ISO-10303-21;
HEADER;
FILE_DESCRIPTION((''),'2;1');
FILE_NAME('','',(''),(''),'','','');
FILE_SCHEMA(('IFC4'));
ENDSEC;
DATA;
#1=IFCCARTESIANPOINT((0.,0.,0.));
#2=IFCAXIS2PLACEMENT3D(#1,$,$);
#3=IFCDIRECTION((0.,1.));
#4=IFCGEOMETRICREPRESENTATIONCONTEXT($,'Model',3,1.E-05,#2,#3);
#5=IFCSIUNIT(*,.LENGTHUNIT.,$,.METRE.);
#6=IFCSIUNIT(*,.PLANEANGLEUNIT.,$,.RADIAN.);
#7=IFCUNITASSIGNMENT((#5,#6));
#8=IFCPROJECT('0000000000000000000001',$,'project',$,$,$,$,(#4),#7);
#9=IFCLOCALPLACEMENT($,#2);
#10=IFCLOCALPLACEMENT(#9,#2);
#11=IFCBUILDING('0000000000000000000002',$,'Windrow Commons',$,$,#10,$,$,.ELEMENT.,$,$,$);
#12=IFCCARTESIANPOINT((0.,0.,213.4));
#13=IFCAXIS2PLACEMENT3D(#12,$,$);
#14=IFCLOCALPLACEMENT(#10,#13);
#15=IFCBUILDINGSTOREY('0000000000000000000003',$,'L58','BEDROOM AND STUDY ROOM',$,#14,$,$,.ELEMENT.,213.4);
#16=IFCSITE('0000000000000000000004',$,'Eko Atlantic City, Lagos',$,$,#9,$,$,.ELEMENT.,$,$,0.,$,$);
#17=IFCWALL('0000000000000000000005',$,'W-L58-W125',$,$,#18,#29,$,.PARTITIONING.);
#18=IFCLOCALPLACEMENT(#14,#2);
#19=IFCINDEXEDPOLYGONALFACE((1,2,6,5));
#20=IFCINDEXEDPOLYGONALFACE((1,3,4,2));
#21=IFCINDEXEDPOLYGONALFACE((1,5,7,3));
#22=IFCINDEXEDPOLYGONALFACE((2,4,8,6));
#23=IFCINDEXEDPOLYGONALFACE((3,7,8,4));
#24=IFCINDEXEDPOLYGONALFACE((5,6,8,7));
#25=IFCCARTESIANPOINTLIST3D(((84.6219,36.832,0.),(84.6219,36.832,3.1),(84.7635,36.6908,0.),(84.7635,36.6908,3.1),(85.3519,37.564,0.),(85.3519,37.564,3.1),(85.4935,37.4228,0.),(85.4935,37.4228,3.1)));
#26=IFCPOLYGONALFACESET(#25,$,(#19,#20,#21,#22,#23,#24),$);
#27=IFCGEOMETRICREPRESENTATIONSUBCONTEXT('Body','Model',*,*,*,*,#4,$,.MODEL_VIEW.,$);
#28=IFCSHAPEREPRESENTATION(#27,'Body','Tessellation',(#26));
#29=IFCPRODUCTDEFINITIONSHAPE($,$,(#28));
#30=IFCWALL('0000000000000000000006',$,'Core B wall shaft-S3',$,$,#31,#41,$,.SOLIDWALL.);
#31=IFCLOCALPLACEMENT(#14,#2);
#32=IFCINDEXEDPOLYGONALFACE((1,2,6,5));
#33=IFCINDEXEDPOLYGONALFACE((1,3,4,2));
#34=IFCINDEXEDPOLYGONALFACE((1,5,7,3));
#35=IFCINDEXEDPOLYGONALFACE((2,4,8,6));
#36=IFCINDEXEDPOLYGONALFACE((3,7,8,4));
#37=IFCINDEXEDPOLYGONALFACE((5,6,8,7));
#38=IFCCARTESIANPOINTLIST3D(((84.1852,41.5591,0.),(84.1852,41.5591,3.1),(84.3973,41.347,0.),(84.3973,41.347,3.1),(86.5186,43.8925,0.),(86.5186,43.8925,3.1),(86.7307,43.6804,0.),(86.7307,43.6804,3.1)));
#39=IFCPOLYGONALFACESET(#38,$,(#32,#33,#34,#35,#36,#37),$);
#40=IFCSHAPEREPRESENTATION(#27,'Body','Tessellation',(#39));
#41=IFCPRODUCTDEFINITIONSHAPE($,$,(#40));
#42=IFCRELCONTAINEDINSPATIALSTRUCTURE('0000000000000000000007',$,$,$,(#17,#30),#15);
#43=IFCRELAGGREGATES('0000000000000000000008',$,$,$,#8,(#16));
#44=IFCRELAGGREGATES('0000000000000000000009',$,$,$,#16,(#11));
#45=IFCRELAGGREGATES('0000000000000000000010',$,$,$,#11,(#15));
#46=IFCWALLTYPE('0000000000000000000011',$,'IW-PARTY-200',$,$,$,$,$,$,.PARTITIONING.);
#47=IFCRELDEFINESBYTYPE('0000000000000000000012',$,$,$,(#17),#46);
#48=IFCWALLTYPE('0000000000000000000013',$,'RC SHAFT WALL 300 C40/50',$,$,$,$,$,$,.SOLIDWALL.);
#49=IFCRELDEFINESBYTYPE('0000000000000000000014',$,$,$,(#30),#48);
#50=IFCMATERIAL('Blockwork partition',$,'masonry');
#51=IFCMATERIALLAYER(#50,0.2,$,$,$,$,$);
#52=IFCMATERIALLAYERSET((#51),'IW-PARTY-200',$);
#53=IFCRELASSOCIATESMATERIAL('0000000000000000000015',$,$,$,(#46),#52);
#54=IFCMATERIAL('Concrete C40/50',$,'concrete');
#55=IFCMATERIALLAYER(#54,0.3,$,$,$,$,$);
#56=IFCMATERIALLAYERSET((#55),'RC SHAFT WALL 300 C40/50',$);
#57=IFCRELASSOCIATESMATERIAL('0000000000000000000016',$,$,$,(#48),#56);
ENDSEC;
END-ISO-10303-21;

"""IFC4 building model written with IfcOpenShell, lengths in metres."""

from ifc_helpers import new_model, si_unit, direction, frame, frame_2d, origin, place, context, subcontext, project, spatial, rectangle, extrude, material, layer, layer_set, type_object, element, save


model = new_model("IFC4")

# Units and contexts
model_context = context("Model", 3, precision=1e-05, world=origin(), true_north=direction((0.0, 1.0)))
body_context = subcontext(model_context, "Body", "Model", "MODEL_VIEW")
ifc_project = project(units=[si_unit("LENGTHUNIT", "METRE"), si_unit("PLANEANGLEUNIT", "RADIAN")], contexts=[model_context])

# Site, building, storey
site_placement = place(None, origin())
site = spatial("IfcSite", under=ifc_project, at=site_placement, Name="Eko Atlantic City, Lagos", CompositionType="ELEMENT", RefElevation=0.0)
building_placement = place(site_placement, origin())
building = spatial("IfcBuilding", under=site, at=building_placement, Name="Windrow Commons", CompositionType="ELEMENT")
storey_placement = place(building_placement, frame((0.0, 0.0, 213.4)))
storey = spatial("IfcBuildingStorey", under=building, at=storey_placement, Name="L58", Description="BEDROOM AND STUDY ROOM", CompositionType="ELEMENT", Elevation=213.4)

# Walls
ifc_material_1 = material(Name="Blockwork partition", Category="masonry")
ifc_layer_1 = layer(ifc_material_1, 0.2)
ifc_layer_set_1 = layer_set([ifc_layer_1], Name="IW-PARTY-200")
wall_type_1 = type_object("IfcWallType", Name="IW-PARTY-200", PredefinedType="PARTITIONING", material=ifc_layer_set_1)
wall_1_placement = place(storey_placement, frame((84.6927, 36.7614, 0.0), z_axis=(0.0, 0.0, 1.0), x_axis=(0.706139, 0.708073, 0.0)))
element("IfcWall", 1, at=wall_1_placement, inside=storey, type_object=wall_type_1, Name="W-L58-W125", PredefinedType="PARTITIONING", context=body_context, shape_type="SweptSolid", body=[
    extrude(rectangle(XDim=1.0338, YDim=0.2, at=frame_2d((0.5169, 0.0))), origin(), (0.0, 0.0, 1.0), 3.1),
])
ifc_material_2 = material(Name="Concrete C40/50", Category="concrete")
ifc_layer_2 = layer(ifc_material_2, 0.3)
ifc_layer_set_2 = layer_set([ifc_layer_2], Name="RC SHAFT WALL 300 C40/50")
wall_type_2 = type_object("IfcWallType", Name="RC SHAFT WALL 300 C40/50", PredefinedType="SOLIDWALL", material=ifc_layer_set_2)
wall_2_placement = place(storey_placement, frame((84.2912, 41.453, 0.0), z_axis=(0.0, 0.0, 1.0), x_axis=(0.707107, 0.707107, 0.0)))
element("IfcWall", 2, at=wall_2_placement, inside=storey, type_object=wall_type_2, Name="Core B wall shaft-S3", PredefinedType="SOLIDWALL", context=body_context, shape_type="SweptSolid", body=[
    extrude(rectangle(XDim=3.2999, YDim=0.3, at=frame_2d((1.65, 0.0))), origin(), (0.0, 0.0, 1.0), 3.1),
])

save(model, "model.ifc")
